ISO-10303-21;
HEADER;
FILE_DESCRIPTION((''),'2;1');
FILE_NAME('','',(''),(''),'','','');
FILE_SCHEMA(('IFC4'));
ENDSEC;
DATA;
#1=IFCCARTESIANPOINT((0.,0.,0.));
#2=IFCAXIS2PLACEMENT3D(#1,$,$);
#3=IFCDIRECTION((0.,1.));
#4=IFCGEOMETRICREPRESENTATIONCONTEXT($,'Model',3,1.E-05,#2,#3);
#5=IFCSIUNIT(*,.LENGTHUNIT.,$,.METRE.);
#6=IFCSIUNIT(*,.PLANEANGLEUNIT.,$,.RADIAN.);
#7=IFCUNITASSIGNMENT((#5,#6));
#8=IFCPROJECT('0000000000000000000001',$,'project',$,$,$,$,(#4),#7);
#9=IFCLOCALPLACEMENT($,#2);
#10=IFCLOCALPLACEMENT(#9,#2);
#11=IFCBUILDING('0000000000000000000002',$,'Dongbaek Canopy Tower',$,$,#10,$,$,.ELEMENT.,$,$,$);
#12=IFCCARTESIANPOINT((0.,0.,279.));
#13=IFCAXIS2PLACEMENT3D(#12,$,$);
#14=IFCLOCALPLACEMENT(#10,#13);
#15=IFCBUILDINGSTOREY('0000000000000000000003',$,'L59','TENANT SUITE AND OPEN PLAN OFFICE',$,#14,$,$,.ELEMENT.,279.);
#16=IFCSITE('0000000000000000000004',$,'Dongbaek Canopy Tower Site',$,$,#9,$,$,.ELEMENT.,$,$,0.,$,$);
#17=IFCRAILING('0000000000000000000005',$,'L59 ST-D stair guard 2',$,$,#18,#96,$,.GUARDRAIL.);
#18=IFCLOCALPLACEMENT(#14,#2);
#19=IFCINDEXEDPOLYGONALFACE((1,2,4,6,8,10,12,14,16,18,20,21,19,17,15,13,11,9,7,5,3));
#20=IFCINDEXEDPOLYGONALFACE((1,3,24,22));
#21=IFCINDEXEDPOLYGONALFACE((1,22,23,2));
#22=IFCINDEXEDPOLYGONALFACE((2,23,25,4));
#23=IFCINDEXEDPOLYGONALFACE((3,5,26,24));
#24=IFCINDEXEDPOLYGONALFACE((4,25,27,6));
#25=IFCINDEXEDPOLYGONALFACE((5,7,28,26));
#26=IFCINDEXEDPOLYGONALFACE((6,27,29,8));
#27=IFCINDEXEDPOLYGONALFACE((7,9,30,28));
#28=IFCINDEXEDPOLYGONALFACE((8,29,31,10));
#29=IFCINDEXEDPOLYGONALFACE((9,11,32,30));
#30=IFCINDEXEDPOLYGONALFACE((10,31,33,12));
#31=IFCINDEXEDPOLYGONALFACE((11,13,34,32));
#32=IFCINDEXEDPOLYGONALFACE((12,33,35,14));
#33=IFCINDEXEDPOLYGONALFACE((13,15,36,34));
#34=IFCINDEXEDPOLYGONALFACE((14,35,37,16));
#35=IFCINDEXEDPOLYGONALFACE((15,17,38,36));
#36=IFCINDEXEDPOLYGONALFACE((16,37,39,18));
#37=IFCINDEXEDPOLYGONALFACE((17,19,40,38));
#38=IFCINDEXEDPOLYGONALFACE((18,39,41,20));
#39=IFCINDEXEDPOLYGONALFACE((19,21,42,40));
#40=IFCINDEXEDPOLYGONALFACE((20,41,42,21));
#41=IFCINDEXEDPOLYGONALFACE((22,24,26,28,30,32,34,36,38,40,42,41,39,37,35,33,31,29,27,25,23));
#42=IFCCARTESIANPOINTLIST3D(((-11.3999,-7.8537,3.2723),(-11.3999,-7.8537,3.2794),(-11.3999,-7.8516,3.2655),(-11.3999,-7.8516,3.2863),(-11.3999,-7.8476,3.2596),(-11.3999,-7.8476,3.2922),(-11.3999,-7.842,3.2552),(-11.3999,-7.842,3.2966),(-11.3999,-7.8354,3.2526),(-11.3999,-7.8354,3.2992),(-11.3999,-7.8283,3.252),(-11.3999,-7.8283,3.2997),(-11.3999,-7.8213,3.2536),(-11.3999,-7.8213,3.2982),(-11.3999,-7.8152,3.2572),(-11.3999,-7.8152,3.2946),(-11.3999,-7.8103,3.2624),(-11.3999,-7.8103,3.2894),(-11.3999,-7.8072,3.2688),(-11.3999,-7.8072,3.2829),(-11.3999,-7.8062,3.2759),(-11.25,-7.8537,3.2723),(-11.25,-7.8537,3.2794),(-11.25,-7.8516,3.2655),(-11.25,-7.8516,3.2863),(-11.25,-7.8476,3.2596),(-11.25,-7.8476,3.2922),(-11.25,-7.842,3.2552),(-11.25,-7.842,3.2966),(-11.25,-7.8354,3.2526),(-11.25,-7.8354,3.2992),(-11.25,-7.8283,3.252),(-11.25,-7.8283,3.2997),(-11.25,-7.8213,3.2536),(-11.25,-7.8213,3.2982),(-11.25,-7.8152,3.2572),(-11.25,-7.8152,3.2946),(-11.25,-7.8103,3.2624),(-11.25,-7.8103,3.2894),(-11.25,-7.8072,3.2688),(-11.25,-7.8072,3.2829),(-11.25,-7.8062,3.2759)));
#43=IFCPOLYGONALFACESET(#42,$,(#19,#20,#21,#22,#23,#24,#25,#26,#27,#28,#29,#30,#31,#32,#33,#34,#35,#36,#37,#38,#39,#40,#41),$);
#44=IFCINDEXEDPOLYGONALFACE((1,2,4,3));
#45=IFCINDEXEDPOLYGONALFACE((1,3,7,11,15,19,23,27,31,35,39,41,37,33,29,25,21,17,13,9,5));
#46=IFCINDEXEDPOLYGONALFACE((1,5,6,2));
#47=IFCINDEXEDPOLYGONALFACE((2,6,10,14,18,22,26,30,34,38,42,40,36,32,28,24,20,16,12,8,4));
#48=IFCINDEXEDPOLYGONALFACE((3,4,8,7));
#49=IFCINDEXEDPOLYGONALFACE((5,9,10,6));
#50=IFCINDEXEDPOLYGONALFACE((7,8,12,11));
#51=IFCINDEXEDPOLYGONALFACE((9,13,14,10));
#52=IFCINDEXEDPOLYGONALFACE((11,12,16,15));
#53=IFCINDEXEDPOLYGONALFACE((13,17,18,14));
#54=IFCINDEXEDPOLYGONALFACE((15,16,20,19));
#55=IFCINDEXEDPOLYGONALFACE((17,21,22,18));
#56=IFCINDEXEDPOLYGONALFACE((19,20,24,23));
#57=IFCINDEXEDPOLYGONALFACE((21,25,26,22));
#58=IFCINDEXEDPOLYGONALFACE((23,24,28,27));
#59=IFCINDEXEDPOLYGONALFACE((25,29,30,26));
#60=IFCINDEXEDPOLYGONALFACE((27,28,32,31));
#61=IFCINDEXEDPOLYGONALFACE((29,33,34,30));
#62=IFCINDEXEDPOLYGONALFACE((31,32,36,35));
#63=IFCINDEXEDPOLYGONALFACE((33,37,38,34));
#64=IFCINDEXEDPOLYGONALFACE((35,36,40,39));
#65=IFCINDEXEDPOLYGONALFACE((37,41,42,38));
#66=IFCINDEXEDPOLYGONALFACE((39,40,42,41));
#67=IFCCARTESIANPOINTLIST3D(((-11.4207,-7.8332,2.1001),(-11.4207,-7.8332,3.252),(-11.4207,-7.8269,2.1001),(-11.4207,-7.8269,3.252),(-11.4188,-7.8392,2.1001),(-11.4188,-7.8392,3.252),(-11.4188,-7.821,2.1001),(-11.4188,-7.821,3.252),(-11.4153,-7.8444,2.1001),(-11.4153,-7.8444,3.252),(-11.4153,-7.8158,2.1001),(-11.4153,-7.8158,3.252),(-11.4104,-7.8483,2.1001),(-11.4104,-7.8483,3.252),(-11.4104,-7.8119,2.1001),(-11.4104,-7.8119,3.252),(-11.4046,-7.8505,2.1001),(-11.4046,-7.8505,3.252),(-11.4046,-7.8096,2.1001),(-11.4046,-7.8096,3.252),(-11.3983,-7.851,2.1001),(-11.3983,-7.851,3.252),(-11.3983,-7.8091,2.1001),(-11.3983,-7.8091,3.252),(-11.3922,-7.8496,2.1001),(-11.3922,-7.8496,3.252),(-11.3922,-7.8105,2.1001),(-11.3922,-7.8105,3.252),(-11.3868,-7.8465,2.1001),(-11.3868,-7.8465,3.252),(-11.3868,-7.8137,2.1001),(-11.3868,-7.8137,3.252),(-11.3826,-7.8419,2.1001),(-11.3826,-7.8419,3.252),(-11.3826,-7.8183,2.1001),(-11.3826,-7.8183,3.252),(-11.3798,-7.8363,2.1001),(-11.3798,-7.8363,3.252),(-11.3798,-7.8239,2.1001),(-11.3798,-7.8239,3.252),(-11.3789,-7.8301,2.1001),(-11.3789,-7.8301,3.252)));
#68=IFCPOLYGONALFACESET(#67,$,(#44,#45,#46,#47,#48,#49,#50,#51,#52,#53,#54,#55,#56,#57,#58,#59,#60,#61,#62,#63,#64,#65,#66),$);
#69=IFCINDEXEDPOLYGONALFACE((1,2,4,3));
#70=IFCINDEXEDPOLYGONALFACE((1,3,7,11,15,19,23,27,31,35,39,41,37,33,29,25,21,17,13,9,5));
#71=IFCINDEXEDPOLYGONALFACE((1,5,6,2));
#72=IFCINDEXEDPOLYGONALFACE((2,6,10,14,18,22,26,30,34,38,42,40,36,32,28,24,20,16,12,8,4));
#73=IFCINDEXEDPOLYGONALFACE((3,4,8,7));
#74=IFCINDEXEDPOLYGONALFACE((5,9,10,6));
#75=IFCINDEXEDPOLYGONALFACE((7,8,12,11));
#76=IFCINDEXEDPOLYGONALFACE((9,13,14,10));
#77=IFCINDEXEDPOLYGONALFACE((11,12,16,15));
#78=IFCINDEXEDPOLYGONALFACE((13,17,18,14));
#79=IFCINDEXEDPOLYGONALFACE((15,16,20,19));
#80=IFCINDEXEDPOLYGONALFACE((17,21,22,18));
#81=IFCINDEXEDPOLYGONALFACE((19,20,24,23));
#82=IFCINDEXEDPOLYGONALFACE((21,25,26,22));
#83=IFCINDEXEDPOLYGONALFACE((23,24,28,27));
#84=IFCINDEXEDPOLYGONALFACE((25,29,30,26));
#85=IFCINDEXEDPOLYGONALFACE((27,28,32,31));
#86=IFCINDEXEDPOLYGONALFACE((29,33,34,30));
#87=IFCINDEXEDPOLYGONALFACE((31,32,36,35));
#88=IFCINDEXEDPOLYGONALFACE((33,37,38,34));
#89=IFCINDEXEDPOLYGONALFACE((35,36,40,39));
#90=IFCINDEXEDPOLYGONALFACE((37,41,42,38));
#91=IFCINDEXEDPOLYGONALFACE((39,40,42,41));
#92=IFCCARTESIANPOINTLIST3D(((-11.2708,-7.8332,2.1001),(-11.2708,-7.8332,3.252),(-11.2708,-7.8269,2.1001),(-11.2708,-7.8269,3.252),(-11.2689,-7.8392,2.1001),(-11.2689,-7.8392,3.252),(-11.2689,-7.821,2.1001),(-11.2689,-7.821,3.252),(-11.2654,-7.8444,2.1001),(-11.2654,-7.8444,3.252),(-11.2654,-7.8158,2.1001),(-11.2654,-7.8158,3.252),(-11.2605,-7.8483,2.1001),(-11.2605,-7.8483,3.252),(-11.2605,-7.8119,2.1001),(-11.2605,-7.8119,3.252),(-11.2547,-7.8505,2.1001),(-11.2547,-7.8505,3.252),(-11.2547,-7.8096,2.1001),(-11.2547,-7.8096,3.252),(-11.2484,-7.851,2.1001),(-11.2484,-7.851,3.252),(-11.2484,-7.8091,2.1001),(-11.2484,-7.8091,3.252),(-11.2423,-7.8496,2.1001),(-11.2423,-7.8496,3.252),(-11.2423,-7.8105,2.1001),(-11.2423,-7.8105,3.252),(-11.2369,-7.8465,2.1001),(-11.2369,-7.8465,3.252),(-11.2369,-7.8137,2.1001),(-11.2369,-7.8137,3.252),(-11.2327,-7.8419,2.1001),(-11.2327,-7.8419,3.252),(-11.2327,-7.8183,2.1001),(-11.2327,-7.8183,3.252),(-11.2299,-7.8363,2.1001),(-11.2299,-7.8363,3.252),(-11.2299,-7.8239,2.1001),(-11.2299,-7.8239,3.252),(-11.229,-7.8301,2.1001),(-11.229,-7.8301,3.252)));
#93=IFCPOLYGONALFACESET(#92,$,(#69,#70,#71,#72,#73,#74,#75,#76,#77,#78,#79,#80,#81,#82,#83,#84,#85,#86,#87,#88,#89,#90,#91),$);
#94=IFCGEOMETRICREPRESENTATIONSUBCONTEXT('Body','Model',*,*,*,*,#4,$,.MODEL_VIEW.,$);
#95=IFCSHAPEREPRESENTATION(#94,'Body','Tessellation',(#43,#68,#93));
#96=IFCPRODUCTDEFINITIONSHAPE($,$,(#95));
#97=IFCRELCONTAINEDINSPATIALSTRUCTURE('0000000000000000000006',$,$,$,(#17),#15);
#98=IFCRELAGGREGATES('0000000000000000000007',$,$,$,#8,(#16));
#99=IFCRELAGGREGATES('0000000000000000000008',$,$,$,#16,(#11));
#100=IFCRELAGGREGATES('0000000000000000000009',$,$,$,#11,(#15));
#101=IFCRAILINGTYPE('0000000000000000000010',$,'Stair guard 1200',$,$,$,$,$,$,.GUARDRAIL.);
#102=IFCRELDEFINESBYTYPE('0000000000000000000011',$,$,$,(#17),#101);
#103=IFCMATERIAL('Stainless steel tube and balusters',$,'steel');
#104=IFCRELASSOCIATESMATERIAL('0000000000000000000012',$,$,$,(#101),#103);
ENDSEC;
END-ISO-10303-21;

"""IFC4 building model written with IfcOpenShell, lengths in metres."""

from ifc_helpers import new_model, si_unit, direction, frame, origin, origin_2d, place, context, subcontext, project, spatial, circle, extrude, material, type_object, element, save


model = new_model("IFC4")

# Units and contexts
model_context = context("Model", 3, precision=1e-05, world=origin(), true_north=direction((0.0, 1.0)))
body_context = subcontext(model_context, "Body", "Model", "MODEL_VIEW")
ifc_project = project(units=[si_unit("LENGTHUNIT", "METRE"), si_unit("PLANEANGLEUNIT", "RADIAN")], contexts=[model_context])

# Site, building, storey
site_placement = place(None, origin())
site = spatial("IfcSite", under=ifc_project, at=site_placement, Name="Dongbaek Canopy Tower Site", CompositionType="ELEMENT", RefElevation=0.0)
building_placement = place(site_placement, origin())
building = spatial("IfcBuilding", under=site, at=building_placement, Name="Dongbaek Canopy Tower", CompositionType="ELEMENT")
storey_placement = place(building_placement, frame((0.0, 0.0, 279.0)))
storey = spatial("IfcBuildingStorey", under=building, at=storey_placement, Name="L59", Description="TENANT SUITE AND OPEN PLAN OFFICE", CompositionType="ELEMENT", Elevation=279.0)

# Railing
ifc_material_1 = material(Name="Stainless steel tube and balusters", Category="steel")
railing_type_1 = type_object("IfcRailingType", Name="Stair guard 1200", PredefinedType="GUARDRAIL", material=ifc_material_1)
railing_1_placement = place(storey_placement, frame((-11.3999, -7.8301, 2.1001)))
element("IfcRailing", 1, at=railing_1_placement, inside=storey, type_object=railing_type_1, Name="L59 ST-D stair guard 2", PredefinedType="GUARDRAIL", context=body_context, shape_type="SweptSolid", body=[
    extrude(circle(Radius=0.0239, at=origin_2d()), frame((0.0, 0.0, 1.1758), z_axis=(1.0, 0.0, 0.0), x_axis=(0.0, 1.0, 0.0)), (0.0, 0.0, 1.0), 0.1499),
    extrude(circle(Radius=0.021, at=origin_2d()), origin(), (0.0, 0.0, 1.0), 1.1519),
    extrude(circle(Radius=0.021, at=origin_2d()), frame((0.1499, 0.0, 0.0)), (0.0, 0.0, 1.0), 1.1519),
])

save(model, "model.ifc")
